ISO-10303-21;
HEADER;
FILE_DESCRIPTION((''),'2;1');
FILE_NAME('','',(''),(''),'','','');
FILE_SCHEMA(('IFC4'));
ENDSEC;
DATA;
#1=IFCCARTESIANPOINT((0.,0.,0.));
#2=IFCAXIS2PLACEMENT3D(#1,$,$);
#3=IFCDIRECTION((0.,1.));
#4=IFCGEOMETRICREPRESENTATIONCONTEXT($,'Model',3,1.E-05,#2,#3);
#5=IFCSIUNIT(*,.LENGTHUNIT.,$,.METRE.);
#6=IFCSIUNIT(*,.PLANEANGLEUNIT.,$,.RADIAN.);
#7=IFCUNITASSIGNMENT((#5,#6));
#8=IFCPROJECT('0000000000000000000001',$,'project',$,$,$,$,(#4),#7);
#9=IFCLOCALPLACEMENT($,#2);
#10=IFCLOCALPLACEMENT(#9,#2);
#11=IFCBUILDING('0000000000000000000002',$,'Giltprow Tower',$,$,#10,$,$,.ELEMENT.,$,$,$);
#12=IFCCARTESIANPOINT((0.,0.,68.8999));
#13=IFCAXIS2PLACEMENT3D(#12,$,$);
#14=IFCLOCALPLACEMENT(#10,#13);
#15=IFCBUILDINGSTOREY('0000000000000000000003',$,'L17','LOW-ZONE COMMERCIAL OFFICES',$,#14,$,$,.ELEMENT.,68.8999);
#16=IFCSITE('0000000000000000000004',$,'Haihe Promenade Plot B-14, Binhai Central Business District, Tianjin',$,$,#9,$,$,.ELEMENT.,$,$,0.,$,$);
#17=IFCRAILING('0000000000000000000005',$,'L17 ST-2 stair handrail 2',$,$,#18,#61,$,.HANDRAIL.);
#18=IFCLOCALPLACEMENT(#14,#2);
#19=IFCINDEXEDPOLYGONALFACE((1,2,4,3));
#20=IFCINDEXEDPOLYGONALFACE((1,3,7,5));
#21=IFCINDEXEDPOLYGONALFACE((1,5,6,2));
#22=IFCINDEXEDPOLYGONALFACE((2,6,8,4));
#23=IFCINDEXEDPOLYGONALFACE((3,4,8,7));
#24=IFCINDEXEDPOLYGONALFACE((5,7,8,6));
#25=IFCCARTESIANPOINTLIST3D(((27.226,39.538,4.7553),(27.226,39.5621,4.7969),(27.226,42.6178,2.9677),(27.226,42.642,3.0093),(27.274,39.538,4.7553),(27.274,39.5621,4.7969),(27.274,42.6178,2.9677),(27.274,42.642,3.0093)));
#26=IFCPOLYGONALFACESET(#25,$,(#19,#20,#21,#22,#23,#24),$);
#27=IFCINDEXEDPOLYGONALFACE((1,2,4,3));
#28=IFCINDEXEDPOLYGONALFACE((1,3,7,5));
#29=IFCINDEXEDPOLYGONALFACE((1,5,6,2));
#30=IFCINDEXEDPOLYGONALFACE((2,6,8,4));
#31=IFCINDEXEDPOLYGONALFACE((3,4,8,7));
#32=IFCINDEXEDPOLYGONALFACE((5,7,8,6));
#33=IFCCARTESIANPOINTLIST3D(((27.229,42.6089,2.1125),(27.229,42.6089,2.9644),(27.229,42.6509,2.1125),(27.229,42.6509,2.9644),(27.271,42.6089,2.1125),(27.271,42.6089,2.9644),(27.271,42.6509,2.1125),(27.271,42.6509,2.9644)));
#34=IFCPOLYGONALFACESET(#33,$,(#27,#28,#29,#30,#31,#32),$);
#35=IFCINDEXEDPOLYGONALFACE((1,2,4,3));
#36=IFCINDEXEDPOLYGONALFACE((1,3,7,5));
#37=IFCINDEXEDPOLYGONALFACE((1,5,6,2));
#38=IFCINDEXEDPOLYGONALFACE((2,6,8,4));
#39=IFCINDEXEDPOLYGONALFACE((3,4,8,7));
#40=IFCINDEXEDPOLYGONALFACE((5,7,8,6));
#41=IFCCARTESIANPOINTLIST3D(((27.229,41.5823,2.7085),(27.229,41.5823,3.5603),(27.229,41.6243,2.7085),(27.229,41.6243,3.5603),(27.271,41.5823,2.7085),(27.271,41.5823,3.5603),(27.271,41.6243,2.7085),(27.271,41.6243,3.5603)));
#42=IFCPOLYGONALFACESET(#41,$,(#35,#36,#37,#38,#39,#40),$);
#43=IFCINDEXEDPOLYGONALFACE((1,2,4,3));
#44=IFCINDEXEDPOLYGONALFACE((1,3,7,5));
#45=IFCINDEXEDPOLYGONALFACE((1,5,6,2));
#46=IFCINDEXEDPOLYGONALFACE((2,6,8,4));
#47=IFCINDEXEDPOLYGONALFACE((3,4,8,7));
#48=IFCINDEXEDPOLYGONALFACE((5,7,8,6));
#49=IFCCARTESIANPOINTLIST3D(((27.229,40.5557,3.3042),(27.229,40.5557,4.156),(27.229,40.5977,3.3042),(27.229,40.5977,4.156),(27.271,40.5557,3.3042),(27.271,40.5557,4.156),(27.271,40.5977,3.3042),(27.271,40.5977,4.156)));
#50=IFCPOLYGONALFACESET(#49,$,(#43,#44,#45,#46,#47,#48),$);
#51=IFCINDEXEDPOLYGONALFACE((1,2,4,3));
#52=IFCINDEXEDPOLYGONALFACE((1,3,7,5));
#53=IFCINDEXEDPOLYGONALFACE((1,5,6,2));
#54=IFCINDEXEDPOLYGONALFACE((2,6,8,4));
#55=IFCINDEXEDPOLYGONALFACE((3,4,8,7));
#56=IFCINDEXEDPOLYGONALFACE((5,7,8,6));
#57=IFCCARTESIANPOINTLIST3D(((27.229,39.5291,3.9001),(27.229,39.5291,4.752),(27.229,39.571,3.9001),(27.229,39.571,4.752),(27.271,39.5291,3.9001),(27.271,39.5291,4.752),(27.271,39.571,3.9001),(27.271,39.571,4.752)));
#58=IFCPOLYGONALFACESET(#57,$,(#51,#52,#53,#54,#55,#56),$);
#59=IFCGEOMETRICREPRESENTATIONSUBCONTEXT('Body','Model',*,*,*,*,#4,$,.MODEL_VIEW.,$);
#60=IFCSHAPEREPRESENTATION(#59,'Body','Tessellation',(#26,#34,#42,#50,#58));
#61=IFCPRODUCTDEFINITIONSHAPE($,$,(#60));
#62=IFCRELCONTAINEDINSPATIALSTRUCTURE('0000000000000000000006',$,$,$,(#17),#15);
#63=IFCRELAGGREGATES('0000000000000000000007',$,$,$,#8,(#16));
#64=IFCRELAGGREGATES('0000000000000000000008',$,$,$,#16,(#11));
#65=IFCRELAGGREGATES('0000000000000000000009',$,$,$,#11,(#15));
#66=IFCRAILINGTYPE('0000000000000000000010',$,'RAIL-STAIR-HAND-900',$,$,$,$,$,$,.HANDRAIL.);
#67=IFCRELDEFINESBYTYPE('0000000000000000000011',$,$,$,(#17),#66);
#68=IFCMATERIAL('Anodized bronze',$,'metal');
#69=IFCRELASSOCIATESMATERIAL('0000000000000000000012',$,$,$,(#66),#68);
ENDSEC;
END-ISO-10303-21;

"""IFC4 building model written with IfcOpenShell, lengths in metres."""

from ifc_helpers import new_model, si_unit, direction, frame, origin, origin_2d, place, context, subcontext, project, spatial, rectangle, extrude, material, type_object, element, save


model = new_model("IFC4")

# Units and contexts
model_context = context("Model", 3, precision=1e-05, world=origin(), true_north=direction((0.0, 1.0)))
body_context = subcontext(model_context, "Body", "Model", "MODEL_VIEW")
ifc_project = project(units=[si_unit("LENGTHUNIT", "METRE"), si_unit("PLANEANGLEUNIT", "RADIAN")], contexts=[model_context])

# Site, building, storey
site_placement = place(None, origin())
site = spatial("IfcSite", under=ifc_project, at=site_placement, Name="Haihe Promenade Plot B-14, Binhai Central Business District, Tianjin", CompositionType="ELEMENT", RefElevation=0.0)
building_placement = place(site_placement, origin())
building = spatial("IfcBuilding", under=site, at=building_placement, Name="Giltprow Tower", CompositionType="ELEMENT")
storey_placement = place(building_placement, frame((0.0, 0.0, 68.8999)))
storey = spatial("IfcBuildingStorey", under=building, at=storey_placement, Name="L17", Description="LOW-ZONE COMMERCIAL OFFICES", CompositionType="ELEMENT", Elevation=68.8999)

# Railing
ifc_material_1 = material(Name="Anodized bronze", Category="metal")
railing_type_1 = type_object("IfcRailingType", Name="RAIL-STAIR-HAND-900", PredefinedType="HANDRAIL", material=ifc_material_1)
railing_1_placement = place(storey_placement, frame((27.25, 42.6299, 2.1125)))
element("IfcRailing", 1, at=railing_1_placement, inside=storey, type_object=railing_type_1, Name="L17 ST-2 stair handrail 2", PredefinedType="HANDRAIL", context=body_context, shape_type="SweptSolid", body=[
    extrude(rectangle(XDim=0.0481, YDim=0.0481, at=origin_2d()), frame((0.0, 0.0, 0.876), z_axis=(0.0, -0.864873, 0.50199), x_axis=(1.0, 0.0, 0.0)), (0.0, 0.0, 1.0), 3.561),
    extrude(rectangle(XDim=0.042, YDim=0.042, at=origin_2d()), origin(), (0.0, 0.0, 1.0), 0.8518),
    extrude(rectangle(XDim=0.042, YDim=0.042, at=origin_2d()), frame((0.0, -1.0266, 0.5959)), (0.0, 0.0, 1.0), 0.8518),
    extrude(rectangle(XDim=0.042, YDim=0.042, at=origin_2d()), frame((0.0, -2.0532, 1.1917)), (0.0, 0.0, 1.0), 0.8518),
    extrude(rectangle(XDim=0.042, YDim=0.042, at=origin_2d()), frame((0.0, -3.0798, 1.7876)), (0.0, 0.0, 1.0), 0.8518),
])

save(model, "model.ifc")
